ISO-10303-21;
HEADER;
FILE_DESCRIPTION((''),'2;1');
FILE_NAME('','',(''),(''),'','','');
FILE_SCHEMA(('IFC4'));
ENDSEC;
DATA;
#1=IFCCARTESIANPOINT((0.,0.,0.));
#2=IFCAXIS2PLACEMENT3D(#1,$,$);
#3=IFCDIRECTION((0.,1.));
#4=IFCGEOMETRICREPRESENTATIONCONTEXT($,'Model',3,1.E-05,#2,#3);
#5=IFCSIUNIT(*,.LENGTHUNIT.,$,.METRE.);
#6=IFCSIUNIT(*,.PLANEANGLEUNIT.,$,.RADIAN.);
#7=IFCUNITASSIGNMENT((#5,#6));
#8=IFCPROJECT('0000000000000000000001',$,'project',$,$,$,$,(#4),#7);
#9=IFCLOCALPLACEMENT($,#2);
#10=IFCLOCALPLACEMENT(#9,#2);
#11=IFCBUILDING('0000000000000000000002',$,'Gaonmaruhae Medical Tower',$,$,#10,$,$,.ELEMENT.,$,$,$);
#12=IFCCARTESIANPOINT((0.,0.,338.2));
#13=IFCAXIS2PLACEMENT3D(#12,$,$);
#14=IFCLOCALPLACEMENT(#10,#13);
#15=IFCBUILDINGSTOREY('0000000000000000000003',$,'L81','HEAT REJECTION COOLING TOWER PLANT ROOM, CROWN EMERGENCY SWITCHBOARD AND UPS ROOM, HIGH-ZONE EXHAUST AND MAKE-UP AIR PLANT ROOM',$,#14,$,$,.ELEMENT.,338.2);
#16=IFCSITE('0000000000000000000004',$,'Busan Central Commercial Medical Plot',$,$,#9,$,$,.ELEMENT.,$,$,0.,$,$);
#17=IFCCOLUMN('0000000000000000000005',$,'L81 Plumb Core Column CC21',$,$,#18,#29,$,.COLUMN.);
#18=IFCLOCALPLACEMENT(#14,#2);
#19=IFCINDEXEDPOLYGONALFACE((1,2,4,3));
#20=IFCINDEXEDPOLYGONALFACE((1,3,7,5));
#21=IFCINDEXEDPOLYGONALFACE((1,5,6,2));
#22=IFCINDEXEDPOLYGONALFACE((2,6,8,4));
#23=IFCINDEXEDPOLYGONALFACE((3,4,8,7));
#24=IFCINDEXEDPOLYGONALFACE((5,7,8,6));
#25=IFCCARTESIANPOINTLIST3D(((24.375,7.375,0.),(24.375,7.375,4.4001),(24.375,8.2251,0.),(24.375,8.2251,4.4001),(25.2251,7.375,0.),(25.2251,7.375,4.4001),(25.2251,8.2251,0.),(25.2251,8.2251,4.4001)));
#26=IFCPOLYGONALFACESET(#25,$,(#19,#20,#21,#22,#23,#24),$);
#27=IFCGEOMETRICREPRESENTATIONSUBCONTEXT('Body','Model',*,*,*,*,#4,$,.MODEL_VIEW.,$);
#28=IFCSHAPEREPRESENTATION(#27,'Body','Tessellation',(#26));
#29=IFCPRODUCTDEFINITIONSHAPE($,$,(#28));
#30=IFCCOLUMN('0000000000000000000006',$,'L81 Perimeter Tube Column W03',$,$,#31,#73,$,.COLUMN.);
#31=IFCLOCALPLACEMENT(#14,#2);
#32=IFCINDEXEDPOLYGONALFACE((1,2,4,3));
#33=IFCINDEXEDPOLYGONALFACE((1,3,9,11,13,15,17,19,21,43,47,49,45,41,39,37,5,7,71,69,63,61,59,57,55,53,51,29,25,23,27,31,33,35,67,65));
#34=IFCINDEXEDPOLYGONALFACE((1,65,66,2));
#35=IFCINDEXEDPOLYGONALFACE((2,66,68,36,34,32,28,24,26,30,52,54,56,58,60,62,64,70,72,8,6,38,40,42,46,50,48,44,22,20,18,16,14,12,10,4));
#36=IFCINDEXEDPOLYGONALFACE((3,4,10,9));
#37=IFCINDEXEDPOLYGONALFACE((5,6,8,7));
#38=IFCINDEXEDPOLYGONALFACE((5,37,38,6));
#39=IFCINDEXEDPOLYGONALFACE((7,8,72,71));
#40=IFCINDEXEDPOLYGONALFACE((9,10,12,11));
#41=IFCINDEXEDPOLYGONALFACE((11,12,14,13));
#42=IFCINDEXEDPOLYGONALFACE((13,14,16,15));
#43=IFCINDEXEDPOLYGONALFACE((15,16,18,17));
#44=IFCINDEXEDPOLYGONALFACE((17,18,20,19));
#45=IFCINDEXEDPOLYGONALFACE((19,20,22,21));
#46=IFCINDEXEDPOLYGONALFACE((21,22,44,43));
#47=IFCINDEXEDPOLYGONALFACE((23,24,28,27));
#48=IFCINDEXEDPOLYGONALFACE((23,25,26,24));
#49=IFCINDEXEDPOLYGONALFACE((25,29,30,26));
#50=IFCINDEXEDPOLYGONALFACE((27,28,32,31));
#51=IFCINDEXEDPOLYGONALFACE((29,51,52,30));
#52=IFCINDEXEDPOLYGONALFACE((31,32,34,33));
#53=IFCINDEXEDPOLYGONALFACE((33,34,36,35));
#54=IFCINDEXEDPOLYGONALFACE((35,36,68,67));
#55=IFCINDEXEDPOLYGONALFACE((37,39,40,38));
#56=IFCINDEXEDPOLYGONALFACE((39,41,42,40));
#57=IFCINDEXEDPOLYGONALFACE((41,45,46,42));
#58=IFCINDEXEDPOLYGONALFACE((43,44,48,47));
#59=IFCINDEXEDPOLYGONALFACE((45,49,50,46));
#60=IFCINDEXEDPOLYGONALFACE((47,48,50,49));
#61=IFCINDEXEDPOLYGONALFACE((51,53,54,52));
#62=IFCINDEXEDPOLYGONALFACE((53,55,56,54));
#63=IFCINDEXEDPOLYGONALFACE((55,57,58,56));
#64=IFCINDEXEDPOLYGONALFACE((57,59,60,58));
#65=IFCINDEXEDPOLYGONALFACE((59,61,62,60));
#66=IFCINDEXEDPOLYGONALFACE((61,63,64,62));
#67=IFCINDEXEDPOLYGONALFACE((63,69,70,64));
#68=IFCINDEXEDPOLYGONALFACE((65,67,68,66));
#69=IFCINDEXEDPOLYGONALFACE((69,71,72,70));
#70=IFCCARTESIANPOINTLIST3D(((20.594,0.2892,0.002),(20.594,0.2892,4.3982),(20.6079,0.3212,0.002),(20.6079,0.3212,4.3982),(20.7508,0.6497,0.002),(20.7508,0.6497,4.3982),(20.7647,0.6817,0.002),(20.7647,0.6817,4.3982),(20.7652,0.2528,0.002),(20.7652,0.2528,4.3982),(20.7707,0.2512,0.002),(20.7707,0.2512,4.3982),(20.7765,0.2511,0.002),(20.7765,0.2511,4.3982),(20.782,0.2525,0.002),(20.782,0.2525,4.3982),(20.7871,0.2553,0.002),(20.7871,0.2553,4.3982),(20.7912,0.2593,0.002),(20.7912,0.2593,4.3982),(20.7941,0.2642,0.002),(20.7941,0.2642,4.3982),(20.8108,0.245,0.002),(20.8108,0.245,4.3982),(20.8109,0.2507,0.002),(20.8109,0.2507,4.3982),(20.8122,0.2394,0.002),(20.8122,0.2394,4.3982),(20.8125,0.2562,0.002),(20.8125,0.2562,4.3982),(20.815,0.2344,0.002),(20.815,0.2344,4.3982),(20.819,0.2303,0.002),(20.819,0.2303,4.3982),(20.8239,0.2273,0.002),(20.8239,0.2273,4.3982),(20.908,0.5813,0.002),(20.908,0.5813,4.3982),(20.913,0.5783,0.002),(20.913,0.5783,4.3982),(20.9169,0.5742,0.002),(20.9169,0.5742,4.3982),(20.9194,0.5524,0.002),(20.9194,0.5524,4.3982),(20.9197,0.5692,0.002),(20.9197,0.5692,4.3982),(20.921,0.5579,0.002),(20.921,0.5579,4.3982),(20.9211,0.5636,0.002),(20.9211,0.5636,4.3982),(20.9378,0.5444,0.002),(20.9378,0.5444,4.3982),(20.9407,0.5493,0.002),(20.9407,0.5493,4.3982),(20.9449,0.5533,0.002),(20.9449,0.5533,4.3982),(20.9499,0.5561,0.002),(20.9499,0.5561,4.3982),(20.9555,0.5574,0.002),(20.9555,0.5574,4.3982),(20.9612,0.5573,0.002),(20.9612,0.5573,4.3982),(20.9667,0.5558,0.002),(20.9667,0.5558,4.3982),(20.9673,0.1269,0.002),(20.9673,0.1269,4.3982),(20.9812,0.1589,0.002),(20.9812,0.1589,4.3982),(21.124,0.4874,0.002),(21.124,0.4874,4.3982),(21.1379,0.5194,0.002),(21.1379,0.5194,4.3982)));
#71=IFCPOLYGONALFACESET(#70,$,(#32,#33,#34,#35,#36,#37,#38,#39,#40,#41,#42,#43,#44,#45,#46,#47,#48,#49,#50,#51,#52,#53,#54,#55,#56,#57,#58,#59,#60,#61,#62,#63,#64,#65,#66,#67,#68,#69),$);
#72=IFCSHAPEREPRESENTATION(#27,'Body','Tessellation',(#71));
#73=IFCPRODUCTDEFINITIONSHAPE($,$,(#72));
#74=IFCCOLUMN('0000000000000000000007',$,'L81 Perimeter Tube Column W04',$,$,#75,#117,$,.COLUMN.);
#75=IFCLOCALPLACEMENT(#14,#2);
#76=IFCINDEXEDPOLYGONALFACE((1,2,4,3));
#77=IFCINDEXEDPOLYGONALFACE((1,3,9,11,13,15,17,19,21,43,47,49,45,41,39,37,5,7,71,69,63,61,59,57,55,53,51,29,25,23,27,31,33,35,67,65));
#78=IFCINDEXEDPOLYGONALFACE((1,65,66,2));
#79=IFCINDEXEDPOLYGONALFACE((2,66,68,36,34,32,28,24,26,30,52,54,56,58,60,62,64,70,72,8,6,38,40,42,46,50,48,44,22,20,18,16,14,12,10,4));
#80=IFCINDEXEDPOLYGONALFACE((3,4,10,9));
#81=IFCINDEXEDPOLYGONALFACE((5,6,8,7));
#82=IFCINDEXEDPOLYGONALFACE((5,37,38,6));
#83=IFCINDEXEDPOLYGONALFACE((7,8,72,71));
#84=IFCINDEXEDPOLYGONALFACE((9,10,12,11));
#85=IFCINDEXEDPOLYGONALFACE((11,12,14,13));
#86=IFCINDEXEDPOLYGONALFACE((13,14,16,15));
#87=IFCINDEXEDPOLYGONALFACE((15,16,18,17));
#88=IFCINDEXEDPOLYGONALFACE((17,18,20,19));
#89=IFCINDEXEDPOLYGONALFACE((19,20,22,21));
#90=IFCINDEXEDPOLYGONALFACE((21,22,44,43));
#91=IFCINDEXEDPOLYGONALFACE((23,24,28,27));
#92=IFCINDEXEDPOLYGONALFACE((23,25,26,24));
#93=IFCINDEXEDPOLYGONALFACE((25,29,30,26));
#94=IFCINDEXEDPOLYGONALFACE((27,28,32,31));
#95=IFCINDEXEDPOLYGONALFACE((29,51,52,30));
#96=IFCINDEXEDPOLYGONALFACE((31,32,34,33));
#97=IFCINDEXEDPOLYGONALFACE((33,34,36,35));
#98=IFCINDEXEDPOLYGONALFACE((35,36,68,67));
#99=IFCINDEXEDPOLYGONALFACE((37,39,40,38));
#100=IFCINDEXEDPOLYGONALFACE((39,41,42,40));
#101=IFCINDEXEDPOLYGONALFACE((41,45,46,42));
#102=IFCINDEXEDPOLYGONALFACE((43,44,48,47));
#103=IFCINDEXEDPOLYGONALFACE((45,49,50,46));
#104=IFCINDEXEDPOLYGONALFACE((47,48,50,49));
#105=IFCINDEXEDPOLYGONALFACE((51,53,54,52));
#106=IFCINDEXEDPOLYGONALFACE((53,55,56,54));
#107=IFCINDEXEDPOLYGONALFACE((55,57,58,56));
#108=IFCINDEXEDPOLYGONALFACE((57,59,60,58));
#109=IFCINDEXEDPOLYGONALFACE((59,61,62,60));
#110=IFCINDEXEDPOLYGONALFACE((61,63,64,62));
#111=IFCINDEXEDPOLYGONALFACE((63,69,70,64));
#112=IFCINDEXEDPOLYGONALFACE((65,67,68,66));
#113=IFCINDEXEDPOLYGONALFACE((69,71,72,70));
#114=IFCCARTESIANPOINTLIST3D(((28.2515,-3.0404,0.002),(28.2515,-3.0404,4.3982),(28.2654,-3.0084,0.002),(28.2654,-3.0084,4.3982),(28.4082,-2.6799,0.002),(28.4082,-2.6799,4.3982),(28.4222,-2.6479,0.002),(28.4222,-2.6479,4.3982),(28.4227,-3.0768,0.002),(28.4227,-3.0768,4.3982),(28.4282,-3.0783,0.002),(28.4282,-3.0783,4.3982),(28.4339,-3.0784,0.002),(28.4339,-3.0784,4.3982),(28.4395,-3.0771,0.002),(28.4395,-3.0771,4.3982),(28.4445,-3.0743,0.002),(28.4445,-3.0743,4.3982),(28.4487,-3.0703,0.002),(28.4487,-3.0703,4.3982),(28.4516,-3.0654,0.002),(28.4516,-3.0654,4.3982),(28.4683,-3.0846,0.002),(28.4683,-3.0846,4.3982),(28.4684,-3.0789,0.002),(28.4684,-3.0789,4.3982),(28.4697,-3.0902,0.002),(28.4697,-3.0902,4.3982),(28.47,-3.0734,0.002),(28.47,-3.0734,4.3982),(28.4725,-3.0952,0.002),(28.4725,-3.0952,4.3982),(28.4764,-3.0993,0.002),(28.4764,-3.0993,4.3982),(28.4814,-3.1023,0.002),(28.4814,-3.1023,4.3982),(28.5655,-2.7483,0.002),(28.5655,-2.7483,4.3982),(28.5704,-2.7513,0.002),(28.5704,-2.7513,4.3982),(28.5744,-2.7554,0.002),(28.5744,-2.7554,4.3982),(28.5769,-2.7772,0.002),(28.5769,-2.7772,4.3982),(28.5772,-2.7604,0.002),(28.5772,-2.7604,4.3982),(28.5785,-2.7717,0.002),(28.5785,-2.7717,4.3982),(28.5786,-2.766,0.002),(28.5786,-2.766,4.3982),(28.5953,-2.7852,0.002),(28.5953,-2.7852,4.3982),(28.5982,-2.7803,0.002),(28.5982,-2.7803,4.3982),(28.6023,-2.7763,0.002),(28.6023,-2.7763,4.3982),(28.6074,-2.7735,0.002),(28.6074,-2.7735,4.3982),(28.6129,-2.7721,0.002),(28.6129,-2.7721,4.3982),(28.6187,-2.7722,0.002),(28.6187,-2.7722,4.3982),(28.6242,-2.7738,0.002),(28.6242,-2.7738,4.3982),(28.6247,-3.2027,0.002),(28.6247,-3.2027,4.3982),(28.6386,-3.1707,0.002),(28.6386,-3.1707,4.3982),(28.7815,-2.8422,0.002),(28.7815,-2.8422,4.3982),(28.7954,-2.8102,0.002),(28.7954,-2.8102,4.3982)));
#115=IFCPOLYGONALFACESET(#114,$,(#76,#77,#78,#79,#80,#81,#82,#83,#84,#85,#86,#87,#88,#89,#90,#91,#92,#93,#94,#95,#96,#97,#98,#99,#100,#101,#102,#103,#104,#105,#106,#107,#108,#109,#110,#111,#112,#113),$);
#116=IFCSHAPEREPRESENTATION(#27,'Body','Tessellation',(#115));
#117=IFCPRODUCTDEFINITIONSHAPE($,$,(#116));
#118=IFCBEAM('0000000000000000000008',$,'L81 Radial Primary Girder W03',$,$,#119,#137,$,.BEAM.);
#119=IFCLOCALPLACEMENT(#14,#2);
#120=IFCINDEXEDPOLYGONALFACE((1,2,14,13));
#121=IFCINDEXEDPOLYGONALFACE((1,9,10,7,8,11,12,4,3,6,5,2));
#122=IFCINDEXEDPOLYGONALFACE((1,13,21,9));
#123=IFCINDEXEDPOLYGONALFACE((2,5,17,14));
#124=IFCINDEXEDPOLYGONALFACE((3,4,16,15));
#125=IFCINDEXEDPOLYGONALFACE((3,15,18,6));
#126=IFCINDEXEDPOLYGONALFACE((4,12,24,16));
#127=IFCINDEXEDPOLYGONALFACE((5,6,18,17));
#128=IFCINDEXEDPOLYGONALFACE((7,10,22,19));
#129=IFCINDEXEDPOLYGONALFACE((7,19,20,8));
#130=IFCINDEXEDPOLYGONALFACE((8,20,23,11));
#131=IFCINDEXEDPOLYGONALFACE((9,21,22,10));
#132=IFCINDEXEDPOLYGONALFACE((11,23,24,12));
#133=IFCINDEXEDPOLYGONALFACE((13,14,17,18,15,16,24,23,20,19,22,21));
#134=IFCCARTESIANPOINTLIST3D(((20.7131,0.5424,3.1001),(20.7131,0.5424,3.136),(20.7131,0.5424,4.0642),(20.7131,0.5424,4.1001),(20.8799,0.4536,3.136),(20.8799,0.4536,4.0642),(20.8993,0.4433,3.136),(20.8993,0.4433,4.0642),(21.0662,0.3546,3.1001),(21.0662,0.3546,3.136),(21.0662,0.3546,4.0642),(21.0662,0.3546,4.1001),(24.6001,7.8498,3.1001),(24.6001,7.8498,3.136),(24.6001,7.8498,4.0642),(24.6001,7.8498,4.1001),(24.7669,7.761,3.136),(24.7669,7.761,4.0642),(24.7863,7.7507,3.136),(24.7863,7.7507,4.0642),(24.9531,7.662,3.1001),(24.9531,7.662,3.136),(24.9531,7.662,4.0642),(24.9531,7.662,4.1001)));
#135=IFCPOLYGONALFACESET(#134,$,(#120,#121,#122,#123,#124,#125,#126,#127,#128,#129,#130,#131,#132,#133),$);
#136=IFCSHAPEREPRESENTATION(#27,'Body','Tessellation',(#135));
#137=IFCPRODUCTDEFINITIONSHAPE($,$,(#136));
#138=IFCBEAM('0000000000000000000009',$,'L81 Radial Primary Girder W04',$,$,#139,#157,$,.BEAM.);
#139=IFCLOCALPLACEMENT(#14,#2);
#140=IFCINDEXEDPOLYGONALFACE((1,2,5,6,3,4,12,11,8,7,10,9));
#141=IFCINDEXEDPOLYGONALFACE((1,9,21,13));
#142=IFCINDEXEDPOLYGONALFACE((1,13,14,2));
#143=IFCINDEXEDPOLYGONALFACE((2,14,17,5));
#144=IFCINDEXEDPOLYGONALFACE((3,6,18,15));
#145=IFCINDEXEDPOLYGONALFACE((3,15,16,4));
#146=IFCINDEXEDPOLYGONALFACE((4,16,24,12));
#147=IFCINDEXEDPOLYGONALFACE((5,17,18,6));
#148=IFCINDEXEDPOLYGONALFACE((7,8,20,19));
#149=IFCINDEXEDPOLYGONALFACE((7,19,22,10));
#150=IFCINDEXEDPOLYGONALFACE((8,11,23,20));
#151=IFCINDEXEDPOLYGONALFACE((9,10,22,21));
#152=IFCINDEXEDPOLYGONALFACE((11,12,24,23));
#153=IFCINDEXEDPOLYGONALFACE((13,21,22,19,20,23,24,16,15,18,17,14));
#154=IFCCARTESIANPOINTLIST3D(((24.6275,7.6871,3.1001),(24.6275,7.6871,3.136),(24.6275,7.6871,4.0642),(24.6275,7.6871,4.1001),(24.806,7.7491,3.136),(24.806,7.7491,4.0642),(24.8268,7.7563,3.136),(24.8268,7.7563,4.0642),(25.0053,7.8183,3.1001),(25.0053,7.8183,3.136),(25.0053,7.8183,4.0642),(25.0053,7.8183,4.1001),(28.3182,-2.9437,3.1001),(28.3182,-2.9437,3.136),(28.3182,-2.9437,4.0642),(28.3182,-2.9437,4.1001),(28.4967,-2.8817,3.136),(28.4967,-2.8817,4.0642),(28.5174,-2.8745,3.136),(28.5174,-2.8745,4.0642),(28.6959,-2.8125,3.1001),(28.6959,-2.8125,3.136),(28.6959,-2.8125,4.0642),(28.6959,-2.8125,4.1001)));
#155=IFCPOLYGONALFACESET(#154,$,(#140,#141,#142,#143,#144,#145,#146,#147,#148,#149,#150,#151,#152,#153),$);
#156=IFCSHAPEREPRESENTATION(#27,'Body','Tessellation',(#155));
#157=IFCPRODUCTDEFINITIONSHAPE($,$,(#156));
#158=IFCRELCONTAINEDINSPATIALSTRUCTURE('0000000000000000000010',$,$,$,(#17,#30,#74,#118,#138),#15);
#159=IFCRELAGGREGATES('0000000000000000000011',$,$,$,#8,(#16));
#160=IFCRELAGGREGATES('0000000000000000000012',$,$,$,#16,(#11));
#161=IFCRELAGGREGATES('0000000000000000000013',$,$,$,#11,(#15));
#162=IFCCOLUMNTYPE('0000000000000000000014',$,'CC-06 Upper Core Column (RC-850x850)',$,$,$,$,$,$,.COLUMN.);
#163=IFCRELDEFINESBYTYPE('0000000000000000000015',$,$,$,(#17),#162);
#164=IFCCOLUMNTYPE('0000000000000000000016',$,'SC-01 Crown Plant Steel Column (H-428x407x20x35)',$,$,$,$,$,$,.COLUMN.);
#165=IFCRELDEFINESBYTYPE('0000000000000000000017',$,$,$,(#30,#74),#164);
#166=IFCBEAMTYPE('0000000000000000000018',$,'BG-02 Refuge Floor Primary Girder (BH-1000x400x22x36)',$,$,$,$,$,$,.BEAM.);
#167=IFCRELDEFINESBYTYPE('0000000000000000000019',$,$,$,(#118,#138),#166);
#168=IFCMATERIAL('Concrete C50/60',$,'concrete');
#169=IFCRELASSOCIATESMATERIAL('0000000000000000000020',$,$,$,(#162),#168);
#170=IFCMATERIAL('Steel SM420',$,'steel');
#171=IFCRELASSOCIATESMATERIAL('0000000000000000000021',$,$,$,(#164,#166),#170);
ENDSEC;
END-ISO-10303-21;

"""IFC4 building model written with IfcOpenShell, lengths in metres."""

from ifc_helpers import new_model, si_unit, direction, frame, origin, origin_2d, place, context, subcontext, project, spatial, rectangle, i_section, extrude, material, material_profile, profile_set, type_object, element, save


model = new_model("IFC4")

# Units and contexts
model_context = context("Model", 3, precision=1e-05, world=origin(), true_north=direction((0.0, 1.0)))
body_context = subcontext(model_context, "Body", "Model", "MODEL_VIEW")
ifc_project = project(units=[si_unit("LENGTHUNIT", "METRE"), si_unit("PLANEANGLEUNIT", "RADIAN")], contexts=[model_context])

# Site, building, storey
site_placement = place(None, origin())
site = spatial("IfcSite", under=ifc_project, at=site_placement, Name="Busan Central Commercial Medical Plot", CompositionType="ELEMENT", RefElevation=0.0)
building_placement = place(site_placement, origin())
building = spatial("IfcBuilding", under=site, at=building_placement, Name="Gaonmaruhae Medical Tower", CompositionType="ELEMENT")
storey_placement = place(building_placement, frame((0.0, 0.0, 338.2)))
storey = spatial("IfcBuildingStorey", under=building, at=storey_placement, Name="L81", Description="HEAT REJECTION COOLING TOWER PLANT ROOM, CROWN EMERGENCY SWITCHBOARD AND UPS ROOM, HIGH-ZONE EXHAUST AND MAKE-UP AIR PLANT ROOM", CompositionType="ELEMENT", Elevation=338.2)

# Columns
ifc_material_1 = material(Name="Concrete C50/60", Category="concrete")
ifc_material_profile_1 = material_profile(ifc_material_1, rectangle(XDim=0.8501, YDim=0.8501, at=origin_2d()), Name="RC-850x850")
ifc_profile_set_1 = profile_set([ifc_material_profile_1], Name="Concrete C50/60")
column_type_1 = type_object("IfcColumnType", Name="CC-06 Upper Core Column (RC-850x850)", PredefinedType="COLUMN", material=ifc_profile_set_1)
column_placement = place(storey_placement, frame((24.8, 7.8, 0.0), z_axis=(0.0, 0.0, 1.0), x_axis=(1.0, 0.0, 0.0)))
element("IfcColumn", 1, at=column_placement, inside=storey, type_object=column_type_1, Name="L81 Plumb Core Column CC21", PredefinedType="COLUMN", context=body_context, shape_type="SweptSolid", body=[
    extrude(rectangle(XDim=0.8501, YDim=0.8501, at=origin_2d()), origin(), (0.0, 0.0, 1.0), 4.4001),
])
ifc_material_2 = material(Name="Steel SM420", Category="steel")
ifc_material_profile_2 = material_profile(ifc_material_2, i_section(OverallWidth=0.407, OverallDepth=0.428, WebThickness=0.02, FlangeThickness=0.0349, FilletRadius=0.022, at=origin_2d()), Name="H-428x407x20x35")
ifc_profile_set_2 = profile_set([ifc_material_profile_2], Name="Steel SM420")
column_type_2 = type_object("IfcColumnType", Name="SC-01 Crown Plant Steel Column (H-428x407x20x35)", PredefinedType="COLUMN", material=ifc_profile_set_2)
for number, where, z_axis, x_axis, name in (
    (2, (20.866, 0.4043, 0.002), (0.0, 0.0, 1.0), (-0.91706, 0.398749, 0.0), "L81 Perimeter Tube Column W03"),
    (3, (28.5234, -2.9253, 0.002), (0.0, 0.0, 1.0), (-0.91706, 0.398749, 0.0), "L81 Perimeter Tube Column W04"),
):
    element("IfcColumn", number, at=place(storey_placement, frame(where, z_axis=z_axis, x_axis=x_axis)), inside=storey, type_object=column_type_2, Name=name, PredefinedType="COLUMN", context=body_context, shape_type="SweptSolid", body=[
        extrude(i_section(OverallWidth=0.407, OverallDepth=0.428, WebThickness=0.02, FlangeThickness=0.0349, FilletRadius=0.022, at=origin_2d()), origin(), (0.0, 0.0, 1.0), 4.3962),
    ])

# Beams
ifc_material_profile_3 = material_profile(ifc_material_2, i_section(OverallWidth=0.3999, OverallDepth=1.0, WebThickness=0.022, FlangeThickness=0.0359, at=origin_2d()), Name="BH-1000x400x22x36")
ifc_profile_set_3 = profile_set([ifc_material_profile_3], Name="Steel SM420")
beam_type_1 = type_object("IfcBeamType", Name="BG-02 Refuge Floor Primary Girder (BH-1000x400x22x36)", PredefinedType="BEAM", material=ifc_profile_set_3)
beam_1_placement = place(storey_placement, frame((24.7766, 7.7559, 3.6001), z_axis=(-0.469619, -0.882869, 0.0), x_axis=(0.882869, -0.469619, 0.0)))
element("IfcBeam", 4, at=beam_1_placement, inside=storey, type_object=beam_type_1, Name="L81 Radial Primary Girder W03", PredefinedType="BEAM", context=body_context, shape_type="SweptSolid", body=[
    extrude(i_section(OverallWidth=0.3999, OverallDepth=1.0, WebThickness=0.022, FlangeThickness=0.0359, at=origin_2d()), origin(), (0.0, 0.0, 1.0), 8.2769),
])
beam_2_placement = place(storey_placement, frame((24.8164, 7.7527, 3.6001), z_axis=(0.327964, -0.94469, 0.0), x_axis=(0.94469, 0.327964, 0.0)))
element("IfcBeam", 5, at=beam_2_placement, inside=storey, type_object=beam_type_1, Name="L81 Radial Primary Girder W04", PredefinedType="BEAM", context=body_context, shape_type="SweptSolid", body=[
    extrude(i_section(OverallWidth=0.3999, OverallDepth=1.0, WebThickness=0.022, FlangeThickness=0.0359, at=origin_2d()), origin(), (0.0, 0.0, 1.0), 11.2532),
])

save(model, "model.ifc")
